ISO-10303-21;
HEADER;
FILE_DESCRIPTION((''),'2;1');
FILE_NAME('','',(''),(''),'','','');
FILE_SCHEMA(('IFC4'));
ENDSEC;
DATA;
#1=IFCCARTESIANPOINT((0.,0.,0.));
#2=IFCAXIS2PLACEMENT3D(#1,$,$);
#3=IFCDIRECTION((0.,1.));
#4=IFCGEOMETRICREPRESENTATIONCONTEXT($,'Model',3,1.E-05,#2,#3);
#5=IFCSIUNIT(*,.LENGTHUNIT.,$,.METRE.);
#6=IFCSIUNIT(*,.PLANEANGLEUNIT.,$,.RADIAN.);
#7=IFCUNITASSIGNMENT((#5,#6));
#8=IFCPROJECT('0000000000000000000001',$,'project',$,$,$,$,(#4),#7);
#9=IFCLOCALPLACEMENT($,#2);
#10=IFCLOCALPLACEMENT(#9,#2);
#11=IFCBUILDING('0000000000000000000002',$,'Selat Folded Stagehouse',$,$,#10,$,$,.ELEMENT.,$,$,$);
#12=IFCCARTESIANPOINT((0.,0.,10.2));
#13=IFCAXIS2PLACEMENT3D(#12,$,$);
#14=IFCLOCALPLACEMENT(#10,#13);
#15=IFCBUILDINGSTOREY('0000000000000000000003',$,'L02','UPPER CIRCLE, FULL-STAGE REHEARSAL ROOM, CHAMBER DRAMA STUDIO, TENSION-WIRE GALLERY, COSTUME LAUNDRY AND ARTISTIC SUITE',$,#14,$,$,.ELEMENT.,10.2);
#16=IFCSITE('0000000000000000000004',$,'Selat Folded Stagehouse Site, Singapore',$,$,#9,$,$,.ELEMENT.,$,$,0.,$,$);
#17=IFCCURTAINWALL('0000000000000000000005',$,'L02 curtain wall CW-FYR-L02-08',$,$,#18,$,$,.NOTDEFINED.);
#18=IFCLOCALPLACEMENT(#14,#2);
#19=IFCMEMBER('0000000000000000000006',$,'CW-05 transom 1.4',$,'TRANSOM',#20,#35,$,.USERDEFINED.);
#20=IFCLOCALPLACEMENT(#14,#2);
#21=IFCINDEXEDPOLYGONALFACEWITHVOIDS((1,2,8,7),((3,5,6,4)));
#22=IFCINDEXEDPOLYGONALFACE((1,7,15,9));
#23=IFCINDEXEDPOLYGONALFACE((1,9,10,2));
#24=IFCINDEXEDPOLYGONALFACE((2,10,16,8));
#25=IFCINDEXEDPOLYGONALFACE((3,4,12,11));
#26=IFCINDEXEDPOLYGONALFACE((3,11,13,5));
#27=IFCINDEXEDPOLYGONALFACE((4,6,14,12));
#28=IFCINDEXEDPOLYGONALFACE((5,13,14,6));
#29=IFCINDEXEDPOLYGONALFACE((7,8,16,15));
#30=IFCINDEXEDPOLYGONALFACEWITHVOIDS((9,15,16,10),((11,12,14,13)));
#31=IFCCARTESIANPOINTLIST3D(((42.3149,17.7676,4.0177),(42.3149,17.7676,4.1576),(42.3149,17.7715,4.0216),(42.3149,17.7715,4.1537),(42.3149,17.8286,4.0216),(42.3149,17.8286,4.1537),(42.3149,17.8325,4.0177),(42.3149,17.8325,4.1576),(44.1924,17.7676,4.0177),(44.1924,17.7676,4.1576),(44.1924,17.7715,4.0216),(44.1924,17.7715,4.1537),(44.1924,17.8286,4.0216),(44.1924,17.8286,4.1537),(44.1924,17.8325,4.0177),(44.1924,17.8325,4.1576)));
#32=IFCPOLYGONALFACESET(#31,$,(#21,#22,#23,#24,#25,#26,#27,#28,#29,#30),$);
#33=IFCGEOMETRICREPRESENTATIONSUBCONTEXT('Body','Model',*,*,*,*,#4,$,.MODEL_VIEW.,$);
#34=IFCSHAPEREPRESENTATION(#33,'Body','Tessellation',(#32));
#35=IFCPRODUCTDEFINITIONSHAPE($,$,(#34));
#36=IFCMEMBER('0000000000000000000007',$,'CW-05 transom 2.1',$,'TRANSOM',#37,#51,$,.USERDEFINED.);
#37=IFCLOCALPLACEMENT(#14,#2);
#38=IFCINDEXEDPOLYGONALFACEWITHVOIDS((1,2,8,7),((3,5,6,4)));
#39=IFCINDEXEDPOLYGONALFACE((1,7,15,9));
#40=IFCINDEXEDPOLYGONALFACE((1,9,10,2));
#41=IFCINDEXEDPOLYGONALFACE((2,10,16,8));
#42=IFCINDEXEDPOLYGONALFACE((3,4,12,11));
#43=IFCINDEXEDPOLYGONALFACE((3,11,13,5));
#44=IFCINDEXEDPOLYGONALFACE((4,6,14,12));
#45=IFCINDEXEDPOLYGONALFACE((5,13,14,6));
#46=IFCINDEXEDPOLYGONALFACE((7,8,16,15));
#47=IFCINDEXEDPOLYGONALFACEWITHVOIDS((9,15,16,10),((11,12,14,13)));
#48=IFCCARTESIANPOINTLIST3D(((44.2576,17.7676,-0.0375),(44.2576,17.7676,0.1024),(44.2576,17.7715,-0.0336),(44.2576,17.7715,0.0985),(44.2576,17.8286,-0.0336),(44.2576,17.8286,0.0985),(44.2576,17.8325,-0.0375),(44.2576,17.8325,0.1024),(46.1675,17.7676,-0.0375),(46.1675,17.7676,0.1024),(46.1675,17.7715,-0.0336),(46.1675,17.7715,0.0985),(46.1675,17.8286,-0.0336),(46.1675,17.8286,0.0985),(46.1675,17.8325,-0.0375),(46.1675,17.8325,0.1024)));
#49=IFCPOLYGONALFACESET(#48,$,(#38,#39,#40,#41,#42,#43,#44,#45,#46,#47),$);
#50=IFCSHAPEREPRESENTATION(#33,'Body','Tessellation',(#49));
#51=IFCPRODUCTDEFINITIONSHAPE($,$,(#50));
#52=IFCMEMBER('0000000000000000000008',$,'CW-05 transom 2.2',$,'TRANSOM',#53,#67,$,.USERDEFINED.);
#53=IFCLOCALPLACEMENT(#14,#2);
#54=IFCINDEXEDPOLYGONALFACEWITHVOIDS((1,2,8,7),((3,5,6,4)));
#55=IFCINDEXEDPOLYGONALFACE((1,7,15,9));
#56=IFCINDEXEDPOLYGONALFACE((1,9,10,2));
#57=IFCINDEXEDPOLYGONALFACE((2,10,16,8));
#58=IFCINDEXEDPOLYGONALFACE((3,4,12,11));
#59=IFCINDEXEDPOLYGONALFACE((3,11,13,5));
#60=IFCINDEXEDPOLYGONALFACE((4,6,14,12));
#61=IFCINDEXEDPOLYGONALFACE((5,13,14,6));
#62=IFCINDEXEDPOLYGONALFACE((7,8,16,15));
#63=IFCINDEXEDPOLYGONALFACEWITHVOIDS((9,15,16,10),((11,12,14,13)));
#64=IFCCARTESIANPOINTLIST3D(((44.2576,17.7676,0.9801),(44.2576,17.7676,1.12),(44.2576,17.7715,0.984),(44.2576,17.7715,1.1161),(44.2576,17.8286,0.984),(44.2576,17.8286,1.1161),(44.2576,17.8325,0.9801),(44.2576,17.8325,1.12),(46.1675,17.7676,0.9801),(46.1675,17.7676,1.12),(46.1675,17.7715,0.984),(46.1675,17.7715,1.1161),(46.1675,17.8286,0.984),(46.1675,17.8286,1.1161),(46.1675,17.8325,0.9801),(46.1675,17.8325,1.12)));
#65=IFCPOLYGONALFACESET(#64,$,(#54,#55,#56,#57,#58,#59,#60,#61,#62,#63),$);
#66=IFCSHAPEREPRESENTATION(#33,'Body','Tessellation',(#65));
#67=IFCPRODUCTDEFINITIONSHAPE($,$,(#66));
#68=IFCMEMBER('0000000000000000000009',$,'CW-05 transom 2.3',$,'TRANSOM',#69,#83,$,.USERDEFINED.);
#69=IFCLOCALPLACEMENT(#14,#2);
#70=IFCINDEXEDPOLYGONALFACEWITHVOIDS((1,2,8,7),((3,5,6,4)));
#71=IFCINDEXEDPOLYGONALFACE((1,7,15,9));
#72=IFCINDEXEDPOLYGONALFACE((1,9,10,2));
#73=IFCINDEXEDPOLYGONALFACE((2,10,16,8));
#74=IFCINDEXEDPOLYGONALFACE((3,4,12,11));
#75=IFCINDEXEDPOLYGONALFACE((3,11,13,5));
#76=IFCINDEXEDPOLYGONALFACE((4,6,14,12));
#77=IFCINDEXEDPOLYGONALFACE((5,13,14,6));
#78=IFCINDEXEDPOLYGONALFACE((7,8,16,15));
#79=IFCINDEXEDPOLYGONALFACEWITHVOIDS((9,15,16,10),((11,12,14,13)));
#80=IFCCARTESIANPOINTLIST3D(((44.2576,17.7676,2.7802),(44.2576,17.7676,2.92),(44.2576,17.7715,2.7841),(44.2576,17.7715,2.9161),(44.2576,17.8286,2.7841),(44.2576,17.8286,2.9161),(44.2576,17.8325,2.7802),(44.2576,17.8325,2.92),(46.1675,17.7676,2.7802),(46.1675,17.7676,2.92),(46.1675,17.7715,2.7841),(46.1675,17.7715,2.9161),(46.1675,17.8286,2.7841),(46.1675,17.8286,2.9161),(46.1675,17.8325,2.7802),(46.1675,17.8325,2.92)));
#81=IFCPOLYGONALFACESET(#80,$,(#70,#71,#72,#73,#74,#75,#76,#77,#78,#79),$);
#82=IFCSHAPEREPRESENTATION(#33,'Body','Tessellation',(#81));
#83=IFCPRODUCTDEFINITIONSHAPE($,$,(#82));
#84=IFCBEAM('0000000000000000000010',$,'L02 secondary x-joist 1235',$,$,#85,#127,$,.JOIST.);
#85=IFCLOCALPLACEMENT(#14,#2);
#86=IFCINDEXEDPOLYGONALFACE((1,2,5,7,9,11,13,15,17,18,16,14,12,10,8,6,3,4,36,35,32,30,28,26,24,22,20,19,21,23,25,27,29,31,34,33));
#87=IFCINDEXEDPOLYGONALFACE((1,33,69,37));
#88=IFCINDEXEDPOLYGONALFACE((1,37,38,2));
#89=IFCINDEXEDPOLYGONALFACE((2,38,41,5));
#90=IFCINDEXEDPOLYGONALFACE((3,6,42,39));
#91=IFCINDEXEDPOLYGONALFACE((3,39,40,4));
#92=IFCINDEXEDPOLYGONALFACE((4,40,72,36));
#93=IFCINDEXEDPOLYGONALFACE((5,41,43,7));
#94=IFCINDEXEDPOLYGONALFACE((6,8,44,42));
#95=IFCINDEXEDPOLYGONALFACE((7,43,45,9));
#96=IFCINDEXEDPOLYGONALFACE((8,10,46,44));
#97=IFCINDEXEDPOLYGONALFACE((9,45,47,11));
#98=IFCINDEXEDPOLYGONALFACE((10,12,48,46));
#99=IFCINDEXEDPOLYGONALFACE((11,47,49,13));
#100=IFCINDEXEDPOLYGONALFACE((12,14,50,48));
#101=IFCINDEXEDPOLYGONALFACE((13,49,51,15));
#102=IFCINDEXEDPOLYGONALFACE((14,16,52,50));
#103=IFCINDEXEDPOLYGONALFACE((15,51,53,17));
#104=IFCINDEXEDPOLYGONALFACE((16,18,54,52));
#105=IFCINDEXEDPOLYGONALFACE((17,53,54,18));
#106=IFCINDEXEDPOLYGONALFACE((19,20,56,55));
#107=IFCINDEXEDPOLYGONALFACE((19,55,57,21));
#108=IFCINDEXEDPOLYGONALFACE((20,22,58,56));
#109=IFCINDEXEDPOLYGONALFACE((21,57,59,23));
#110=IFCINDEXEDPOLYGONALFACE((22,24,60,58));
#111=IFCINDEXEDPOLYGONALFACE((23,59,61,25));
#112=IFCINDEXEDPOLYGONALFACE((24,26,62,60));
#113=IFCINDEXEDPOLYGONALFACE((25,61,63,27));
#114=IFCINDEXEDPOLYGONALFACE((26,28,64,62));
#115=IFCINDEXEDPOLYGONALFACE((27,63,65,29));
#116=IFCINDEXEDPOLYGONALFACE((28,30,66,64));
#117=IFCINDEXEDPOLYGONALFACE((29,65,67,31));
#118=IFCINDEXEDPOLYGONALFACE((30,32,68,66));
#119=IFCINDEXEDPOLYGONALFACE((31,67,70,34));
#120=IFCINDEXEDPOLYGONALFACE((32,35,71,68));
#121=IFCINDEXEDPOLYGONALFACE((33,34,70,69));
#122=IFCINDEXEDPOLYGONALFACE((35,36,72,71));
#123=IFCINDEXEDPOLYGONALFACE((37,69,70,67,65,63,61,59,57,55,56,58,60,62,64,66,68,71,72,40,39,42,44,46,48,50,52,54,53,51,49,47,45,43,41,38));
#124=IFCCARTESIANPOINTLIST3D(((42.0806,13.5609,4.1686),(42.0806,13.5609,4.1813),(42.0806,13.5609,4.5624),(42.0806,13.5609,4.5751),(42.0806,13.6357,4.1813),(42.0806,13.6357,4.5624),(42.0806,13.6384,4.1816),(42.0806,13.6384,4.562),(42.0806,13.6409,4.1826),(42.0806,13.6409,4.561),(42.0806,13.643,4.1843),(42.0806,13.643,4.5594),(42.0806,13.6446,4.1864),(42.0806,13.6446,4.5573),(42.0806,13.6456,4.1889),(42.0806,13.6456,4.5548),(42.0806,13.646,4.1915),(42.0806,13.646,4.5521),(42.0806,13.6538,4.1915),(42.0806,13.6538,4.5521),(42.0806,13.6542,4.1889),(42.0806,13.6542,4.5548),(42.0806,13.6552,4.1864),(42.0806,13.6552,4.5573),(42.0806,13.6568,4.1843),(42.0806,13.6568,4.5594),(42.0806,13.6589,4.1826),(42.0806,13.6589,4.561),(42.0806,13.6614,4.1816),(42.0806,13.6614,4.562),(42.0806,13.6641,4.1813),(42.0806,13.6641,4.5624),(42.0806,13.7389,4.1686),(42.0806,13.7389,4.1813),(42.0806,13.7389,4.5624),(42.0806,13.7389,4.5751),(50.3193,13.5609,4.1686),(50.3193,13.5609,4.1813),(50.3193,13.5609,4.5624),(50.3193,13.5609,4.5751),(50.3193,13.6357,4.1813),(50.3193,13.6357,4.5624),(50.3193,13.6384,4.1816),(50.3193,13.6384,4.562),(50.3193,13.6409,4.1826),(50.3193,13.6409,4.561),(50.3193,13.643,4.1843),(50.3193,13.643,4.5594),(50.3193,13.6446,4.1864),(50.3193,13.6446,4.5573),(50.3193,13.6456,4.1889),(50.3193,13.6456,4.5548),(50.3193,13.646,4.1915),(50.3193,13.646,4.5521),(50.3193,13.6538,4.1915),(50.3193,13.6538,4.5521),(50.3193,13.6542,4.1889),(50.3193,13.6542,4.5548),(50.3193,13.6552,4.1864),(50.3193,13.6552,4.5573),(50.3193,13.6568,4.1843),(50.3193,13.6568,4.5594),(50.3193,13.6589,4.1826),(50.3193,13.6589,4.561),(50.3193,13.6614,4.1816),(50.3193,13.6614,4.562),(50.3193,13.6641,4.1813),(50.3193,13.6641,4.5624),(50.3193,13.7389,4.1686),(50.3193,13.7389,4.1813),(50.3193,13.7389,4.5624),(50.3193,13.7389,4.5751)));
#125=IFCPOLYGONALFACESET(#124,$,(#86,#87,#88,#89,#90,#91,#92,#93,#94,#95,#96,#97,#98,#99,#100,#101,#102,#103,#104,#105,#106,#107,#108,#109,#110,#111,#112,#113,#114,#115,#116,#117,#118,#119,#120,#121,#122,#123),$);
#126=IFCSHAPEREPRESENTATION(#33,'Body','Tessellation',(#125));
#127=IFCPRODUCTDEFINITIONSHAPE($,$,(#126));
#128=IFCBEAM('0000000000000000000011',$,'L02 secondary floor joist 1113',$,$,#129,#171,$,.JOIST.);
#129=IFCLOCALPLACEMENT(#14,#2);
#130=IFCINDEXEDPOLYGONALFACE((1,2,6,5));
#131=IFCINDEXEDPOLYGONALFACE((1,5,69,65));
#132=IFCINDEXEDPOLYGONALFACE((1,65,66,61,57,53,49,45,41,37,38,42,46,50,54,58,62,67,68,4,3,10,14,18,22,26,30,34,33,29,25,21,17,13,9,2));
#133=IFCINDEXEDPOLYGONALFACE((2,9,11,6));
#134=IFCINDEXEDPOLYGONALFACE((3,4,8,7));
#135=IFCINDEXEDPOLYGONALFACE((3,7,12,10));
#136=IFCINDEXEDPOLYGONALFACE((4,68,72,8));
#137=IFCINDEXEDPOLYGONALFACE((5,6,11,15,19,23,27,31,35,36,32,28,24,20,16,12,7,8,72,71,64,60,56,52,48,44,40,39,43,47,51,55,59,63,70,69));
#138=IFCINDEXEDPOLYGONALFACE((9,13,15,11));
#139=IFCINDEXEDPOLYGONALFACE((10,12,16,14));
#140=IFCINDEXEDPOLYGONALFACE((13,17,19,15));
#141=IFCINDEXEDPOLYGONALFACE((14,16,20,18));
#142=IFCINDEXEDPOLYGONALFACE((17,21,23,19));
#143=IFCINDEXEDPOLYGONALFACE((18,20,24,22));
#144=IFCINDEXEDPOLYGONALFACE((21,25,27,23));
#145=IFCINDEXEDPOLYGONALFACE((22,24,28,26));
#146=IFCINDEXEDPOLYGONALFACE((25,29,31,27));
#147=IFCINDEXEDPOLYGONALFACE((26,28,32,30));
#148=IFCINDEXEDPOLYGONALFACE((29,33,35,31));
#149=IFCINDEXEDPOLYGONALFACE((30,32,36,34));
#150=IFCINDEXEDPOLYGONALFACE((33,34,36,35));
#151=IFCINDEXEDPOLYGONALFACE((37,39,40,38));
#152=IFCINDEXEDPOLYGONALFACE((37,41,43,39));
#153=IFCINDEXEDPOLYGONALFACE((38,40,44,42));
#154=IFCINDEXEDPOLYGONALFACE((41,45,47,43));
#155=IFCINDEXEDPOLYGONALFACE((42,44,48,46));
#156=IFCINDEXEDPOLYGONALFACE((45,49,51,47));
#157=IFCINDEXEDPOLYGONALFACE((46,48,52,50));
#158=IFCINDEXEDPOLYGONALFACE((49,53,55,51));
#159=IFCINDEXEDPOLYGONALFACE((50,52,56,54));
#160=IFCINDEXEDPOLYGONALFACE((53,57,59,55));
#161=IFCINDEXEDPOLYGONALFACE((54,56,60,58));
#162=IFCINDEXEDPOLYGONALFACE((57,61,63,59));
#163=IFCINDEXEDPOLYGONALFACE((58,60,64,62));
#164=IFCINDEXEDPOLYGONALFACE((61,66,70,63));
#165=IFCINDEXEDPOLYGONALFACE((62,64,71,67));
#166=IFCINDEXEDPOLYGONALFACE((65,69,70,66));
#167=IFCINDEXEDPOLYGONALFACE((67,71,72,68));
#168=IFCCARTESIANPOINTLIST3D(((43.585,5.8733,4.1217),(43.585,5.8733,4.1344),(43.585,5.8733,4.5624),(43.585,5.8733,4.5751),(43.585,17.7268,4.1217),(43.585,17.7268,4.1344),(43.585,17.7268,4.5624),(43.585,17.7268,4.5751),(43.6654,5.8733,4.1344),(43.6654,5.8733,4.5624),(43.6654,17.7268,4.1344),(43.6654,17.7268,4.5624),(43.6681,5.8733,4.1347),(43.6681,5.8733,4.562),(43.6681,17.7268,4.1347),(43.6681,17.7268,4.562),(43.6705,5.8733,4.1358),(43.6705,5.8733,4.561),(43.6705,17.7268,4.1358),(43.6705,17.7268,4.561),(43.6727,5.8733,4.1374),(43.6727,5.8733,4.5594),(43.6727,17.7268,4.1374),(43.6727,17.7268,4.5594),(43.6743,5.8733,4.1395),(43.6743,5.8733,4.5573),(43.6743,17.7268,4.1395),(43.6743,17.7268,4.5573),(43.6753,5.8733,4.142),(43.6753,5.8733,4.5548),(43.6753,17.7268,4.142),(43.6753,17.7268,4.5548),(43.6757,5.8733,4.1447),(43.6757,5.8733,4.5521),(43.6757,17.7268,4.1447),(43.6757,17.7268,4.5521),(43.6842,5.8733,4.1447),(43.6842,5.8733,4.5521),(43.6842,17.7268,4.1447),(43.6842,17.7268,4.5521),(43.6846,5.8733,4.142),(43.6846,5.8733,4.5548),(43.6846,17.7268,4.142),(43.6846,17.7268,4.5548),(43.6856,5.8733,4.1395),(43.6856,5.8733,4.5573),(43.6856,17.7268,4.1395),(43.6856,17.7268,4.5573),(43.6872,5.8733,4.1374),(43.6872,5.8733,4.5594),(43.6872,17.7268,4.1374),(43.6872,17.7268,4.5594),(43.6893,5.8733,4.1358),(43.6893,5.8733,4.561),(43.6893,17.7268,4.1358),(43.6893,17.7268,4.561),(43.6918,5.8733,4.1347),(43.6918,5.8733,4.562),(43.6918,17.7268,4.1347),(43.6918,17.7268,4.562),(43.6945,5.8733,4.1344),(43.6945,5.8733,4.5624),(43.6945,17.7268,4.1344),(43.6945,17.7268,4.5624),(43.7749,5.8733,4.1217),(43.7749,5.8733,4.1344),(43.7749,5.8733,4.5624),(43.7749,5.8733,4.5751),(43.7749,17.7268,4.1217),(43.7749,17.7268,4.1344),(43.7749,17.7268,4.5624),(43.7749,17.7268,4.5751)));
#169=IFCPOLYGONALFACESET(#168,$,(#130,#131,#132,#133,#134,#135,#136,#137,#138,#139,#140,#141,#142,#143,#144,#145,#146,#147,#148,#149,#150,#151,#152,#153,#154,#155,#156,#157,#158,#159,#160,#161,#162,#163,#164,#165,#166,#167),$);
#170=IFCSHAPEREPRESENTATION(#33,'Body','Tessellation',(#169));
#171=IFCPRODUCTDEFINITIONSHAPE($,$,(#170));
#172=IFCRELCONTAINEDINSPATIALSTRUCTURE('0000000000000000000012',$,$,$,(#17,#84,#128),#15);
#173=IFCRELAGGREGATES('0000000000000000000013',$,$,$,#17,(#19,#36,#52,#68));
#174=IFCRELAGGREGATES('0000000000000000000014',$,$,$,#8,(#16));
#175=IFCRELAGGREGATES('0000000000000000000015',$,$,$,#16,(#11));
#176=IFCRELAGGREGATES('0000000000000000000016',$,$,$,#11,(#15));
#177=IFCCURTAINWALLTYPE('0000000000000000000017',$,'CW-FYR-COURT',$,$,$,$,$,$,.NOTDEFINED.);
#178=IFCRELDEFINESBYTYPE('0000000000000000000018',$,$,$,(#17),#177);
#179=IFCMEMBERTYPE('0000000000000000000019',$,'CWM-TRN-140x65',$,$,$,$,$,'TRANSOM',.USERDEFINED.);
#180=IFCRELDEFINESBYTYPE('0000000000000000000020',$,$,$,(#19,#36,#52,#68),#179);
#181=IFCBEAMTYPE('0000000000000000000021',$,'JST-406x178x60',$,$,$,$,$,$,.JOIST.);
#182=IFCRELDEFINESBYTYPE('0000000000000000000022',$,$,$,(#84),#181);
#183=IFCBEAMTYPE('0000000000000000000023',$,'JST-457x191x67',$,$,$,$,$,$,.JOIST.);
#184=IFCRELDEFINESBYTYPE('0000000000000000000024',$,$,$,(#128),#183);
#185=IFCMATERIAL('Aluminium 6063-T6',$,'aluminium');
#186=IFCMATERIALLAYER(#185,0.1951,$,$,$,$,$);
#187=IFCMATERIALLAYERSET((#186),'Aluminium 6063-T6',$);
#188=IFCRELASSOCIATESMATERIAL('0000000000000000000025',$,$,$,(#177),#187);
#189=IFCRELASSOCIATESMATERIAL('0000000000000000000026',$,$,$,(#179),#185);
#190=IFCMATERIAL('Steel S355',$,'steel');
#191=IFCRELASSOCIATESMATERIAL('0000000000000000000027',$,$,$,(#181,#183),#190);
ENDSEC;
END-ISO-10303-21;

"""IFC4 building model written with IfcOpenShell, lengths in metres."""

from ifc_helpers import new_model, si_unit, direction, frame, origin, origin_2d, place, context, subcontext, project, spatial, hollow_rectangle, i_section, extrude, material, layer, layer_set, material_profile, profile_set, type_object, element, aggregate, save


model = new_model("IFC4")

# Units and contexts
model_context = context("Model", 3, precision=1e-05, world=origin(), true_north=direction((0.0, 1.0)))
body_context = subcontext(model_context, "Body", "Model", "MODEL_VIEW")
ifc_project = project(units=[si_unit("LENGTHUNIT", "METRE"), si_unit("PLANEANGLEUNIT", "RADIAN")], contexts=[model_context])

# Site, building, storey
site_placement = place(None, origin())
site = spatial("IfcSite", under=ifc_project, at=site_placement, Name="Selat Folded Stagehouse Site, Singapore", CompositionType="ELEMENT", RefElevation=0.0)
building_placement = place(site_placement, origin())
building = spatial("IfcBuilding", under=site, at=building_placement, Name="Selat Folded Stagehouse", CompositionType="ELEMENT")
storey_placement = place(building_placement, frame((0.0, 0.0, 10.2)))
storey = spatial("IfcBuildingStorey", under=building, at=storey_placement, Name="L02", Description="UPPER CIRCLE, FULL-STAGE REHEARSAL ROOM, CHAMBER DRAMA STUDIO, TENSION-WIRE GALLERY, COSTUME LAUNDRY AND ARTISTIC SUITE", CompositionType="ELEMENT", Elevation=10.2)

# Shared definitions
ifc_material_1 = material(Name="Steel S355", Category="steel")

# Curtain wall, members
ifc_material_2 = material(Name="Aluminium 6063-T6", Category="aluminium")
ifc_layer_1 = layer(ifc_material_2, 0.1951)
ifc_layer_set_1 = layer_set([ifc_layer_1], Name="Aluminium 6063-T6")
curtain_wall_type = type_object("IfcCurtainWallType", Name="CW-FYR-COURT", PredefinedType="NOTDEFINED", material=ifc_layer_set_1)
curtain_wall_placement = place(storey_placement, origin())
curtain_wall = element("IfcCurtainWall", 1, at=curtain_wall_placement, inside=storey, type_object=curtain_wall_type, Name="L02 curtain wall CW-FYR-L02-08", PredefinedType="NOTDEFINED")
ifc_material_profile_1 = material_profile(ifc_material_2, hollow_rectangle(XDim=0.0649, YDim=0.1399, WallThickness=0.0039, at=origin_2d()), Name="ALU 140x65x4.0")
ifc_profile_set_1 = profile_set([ifc_material_profile_1], Name="Aluminium 6063-T6")
member_type_1 = type_object("IfcMemberType", Name="CWM-TRN-140x65", ElementType="TRANSOM", PredefinedType="USERDEFINED", material=ifc_profile_set_1)
member_1_placement = place(storey_placement, frame((42.3149, 17.8, 4.0876), z_axis=(1.0, 0.0, 0.0), x_axis=(0.0, 1.0, 0.0)))
member_1 = element("IfcMember", 2, at=member_1_placement, type_object=member_type_1, Name="CW-05 transom 1.4", ObjectType="TRANSOM", PredefinedType="USERDEFINED", context=body_context, shape_type="SweptSolid", body=[
    extrude(hollow_rectangle(XDim=0.0649, YDim=0.1399, WallThickness=0.0039, at=origin_2d()), origin(), (0.0, 0.0, 1.0), 1.8774),
])
member_2_placement = place(storey_placement, frame((44.2576, 17.8, 0.0325), z_axis=(1.0, 0.0, 0.0), x_axis=(0.0, 1.0, 0.0)))
member_2 = element("IfcMember", 3, at=member_2_placement, type_object=member_type_1, Name="CW-05 transom 2.1", ObjectType="TRANSOM", PredefinedType="USERDEFINED", context=body_context, shape_type="SweptSolid", body=[
    extrude(hollow_rectangle(XDim=0.0649, YDim=0.1399, WallThickness=0.0039, at=origin_2d()), origin(), (0.0, 0.0, 1.0), 1.9099),
])
member_3_placement = place(storey_placement, frame((44.2576, 17.8, 1.05), z_axis=(1.0, 0.0, 0.0), x_axis=(0.0, 1.0, 0.0)))
member_3 = element("IfcMember", 4, at=member_3_placement, type_object=member_type_1, Name="CW-05 transom 2.2", ObjectType="TRANSOM", PredefinedType="USERDEFINED", context=body_context, shape_type="SweptSolid", body=[
    extrude(hollow_rectangle(XDim=0.0649, YDim=0.1399, WallThickness=0.0039, at=origin_2d()), origin(), (0.0, 0.0, 1.0), 1.9099),
])
member_4_placement = place(storey_placement, frame((44.2576, 17.8, 2.8501), z_axis=(1.0, 0.0, 0.0), x_axis=(0.0, 1.0, 0.0)))
member_4 = element("IfcMember", 5, at=member_4_placement, type_object=member_type_1, Name="CW-05 transom 2.3", ObjectType="TRANSOM", PredefinedType="USERDEFINED", context=body_context, shape_type="SweptSolid", body=[
    extrude(hollow_rectangle(XDim=0.0649, YDim=0.1399, WallThickness=0.0039, at=origin_2d()), origin(), (0.0, 0.0, 1.0), 1.9099),
])

# Beams
ifc_material_profile_2 = material_profile(ifc_material_1, i_section(OverallWidth=0.178, OverallDepth=0.4065, WebThickness=0.0078, FlangeThickness=0.0127, FilletRadius=0.0103, at=origin_2d()), Name="UKB 406x178x60")
ifc_profile_set_2 = profile_set([ifc_material_profile_2], Name="Steel S355")
beam_type_1 = type_object("IfcBeamType", Name="JST-406x178x60", PredefinedType="JOIST", material=ifc_profile_set_2)
beam_1_placement = place(storey_placement, frame((42.0806, 13.6499, 4.3718), z_axis=(1.0, 0.0, 0.0), x_axis=(0.0, 1.0, 0.0)))
element("IfcBeam", 6, at=beam_1_placement, inside=storey, type_object=beam_type_1, Name="L02 secondary x-joist 1235", PredefinedType="JOIST", context=body_context, shape_type="SweptSolid", body=[
    extrude(i_section(OverallWidth=0.178, OverallDepth=0.4065, WebThickness=0.0078, FlangeThickness=0.0127, FilletRadius=0.0103, at=origin_2d()), origin(), (0.0, 0.0, 1.0), 8.2388),
])
ifc_material_profile_3 = material_profile(ifc_material_1, i_section(OverallWidth=0.1899, OverallDepth=0.4534, WebThickness=0.0085, FlangeThickness=0.0127, FilletRadius=0.0103, at=origin_2d()), Name="UKB 457x191x67")
ifc_profile_set_3 = profile_set([ifc_material_profile_3], Name="Steel S355")
beam_type_2 = type_object("IfcBeamType", Name="JST-457x191x67", PredefinedType="JOIST", material=ifc_profile_set_3)
for number, where, z_axis, x_axis, name in (
    (7, (43.6799, 5.8733, 4.3484), (0.0, 1.0, 0.0), (-1.0, 0.0, 0.0), "L02 secondary floor joist 1113"),
):
    element("IfcBeam", number, at=place(storey_placement, frame(where, z_axis=z_axis, x_axis=x_axis)), inside=storey, type_object=beam_type_2, Name=name, PredefinedType="JOIST", context=body_context, shape_type="SweptSolid", body=[
        extrude(i_section(OverallWidth=0.1899, OverallDepth=0.4534, WebThickness=0.0085, FlangeThickness=0.0127, FilletRadius=0.0103, at=origin_2d()), origin(), (0.0, 0.0, 1.0), 11.8535),
    ])

aggregate(curtain_wall, [member_1, member_2, member_3, member_4])

save(model, "model.ifc")
